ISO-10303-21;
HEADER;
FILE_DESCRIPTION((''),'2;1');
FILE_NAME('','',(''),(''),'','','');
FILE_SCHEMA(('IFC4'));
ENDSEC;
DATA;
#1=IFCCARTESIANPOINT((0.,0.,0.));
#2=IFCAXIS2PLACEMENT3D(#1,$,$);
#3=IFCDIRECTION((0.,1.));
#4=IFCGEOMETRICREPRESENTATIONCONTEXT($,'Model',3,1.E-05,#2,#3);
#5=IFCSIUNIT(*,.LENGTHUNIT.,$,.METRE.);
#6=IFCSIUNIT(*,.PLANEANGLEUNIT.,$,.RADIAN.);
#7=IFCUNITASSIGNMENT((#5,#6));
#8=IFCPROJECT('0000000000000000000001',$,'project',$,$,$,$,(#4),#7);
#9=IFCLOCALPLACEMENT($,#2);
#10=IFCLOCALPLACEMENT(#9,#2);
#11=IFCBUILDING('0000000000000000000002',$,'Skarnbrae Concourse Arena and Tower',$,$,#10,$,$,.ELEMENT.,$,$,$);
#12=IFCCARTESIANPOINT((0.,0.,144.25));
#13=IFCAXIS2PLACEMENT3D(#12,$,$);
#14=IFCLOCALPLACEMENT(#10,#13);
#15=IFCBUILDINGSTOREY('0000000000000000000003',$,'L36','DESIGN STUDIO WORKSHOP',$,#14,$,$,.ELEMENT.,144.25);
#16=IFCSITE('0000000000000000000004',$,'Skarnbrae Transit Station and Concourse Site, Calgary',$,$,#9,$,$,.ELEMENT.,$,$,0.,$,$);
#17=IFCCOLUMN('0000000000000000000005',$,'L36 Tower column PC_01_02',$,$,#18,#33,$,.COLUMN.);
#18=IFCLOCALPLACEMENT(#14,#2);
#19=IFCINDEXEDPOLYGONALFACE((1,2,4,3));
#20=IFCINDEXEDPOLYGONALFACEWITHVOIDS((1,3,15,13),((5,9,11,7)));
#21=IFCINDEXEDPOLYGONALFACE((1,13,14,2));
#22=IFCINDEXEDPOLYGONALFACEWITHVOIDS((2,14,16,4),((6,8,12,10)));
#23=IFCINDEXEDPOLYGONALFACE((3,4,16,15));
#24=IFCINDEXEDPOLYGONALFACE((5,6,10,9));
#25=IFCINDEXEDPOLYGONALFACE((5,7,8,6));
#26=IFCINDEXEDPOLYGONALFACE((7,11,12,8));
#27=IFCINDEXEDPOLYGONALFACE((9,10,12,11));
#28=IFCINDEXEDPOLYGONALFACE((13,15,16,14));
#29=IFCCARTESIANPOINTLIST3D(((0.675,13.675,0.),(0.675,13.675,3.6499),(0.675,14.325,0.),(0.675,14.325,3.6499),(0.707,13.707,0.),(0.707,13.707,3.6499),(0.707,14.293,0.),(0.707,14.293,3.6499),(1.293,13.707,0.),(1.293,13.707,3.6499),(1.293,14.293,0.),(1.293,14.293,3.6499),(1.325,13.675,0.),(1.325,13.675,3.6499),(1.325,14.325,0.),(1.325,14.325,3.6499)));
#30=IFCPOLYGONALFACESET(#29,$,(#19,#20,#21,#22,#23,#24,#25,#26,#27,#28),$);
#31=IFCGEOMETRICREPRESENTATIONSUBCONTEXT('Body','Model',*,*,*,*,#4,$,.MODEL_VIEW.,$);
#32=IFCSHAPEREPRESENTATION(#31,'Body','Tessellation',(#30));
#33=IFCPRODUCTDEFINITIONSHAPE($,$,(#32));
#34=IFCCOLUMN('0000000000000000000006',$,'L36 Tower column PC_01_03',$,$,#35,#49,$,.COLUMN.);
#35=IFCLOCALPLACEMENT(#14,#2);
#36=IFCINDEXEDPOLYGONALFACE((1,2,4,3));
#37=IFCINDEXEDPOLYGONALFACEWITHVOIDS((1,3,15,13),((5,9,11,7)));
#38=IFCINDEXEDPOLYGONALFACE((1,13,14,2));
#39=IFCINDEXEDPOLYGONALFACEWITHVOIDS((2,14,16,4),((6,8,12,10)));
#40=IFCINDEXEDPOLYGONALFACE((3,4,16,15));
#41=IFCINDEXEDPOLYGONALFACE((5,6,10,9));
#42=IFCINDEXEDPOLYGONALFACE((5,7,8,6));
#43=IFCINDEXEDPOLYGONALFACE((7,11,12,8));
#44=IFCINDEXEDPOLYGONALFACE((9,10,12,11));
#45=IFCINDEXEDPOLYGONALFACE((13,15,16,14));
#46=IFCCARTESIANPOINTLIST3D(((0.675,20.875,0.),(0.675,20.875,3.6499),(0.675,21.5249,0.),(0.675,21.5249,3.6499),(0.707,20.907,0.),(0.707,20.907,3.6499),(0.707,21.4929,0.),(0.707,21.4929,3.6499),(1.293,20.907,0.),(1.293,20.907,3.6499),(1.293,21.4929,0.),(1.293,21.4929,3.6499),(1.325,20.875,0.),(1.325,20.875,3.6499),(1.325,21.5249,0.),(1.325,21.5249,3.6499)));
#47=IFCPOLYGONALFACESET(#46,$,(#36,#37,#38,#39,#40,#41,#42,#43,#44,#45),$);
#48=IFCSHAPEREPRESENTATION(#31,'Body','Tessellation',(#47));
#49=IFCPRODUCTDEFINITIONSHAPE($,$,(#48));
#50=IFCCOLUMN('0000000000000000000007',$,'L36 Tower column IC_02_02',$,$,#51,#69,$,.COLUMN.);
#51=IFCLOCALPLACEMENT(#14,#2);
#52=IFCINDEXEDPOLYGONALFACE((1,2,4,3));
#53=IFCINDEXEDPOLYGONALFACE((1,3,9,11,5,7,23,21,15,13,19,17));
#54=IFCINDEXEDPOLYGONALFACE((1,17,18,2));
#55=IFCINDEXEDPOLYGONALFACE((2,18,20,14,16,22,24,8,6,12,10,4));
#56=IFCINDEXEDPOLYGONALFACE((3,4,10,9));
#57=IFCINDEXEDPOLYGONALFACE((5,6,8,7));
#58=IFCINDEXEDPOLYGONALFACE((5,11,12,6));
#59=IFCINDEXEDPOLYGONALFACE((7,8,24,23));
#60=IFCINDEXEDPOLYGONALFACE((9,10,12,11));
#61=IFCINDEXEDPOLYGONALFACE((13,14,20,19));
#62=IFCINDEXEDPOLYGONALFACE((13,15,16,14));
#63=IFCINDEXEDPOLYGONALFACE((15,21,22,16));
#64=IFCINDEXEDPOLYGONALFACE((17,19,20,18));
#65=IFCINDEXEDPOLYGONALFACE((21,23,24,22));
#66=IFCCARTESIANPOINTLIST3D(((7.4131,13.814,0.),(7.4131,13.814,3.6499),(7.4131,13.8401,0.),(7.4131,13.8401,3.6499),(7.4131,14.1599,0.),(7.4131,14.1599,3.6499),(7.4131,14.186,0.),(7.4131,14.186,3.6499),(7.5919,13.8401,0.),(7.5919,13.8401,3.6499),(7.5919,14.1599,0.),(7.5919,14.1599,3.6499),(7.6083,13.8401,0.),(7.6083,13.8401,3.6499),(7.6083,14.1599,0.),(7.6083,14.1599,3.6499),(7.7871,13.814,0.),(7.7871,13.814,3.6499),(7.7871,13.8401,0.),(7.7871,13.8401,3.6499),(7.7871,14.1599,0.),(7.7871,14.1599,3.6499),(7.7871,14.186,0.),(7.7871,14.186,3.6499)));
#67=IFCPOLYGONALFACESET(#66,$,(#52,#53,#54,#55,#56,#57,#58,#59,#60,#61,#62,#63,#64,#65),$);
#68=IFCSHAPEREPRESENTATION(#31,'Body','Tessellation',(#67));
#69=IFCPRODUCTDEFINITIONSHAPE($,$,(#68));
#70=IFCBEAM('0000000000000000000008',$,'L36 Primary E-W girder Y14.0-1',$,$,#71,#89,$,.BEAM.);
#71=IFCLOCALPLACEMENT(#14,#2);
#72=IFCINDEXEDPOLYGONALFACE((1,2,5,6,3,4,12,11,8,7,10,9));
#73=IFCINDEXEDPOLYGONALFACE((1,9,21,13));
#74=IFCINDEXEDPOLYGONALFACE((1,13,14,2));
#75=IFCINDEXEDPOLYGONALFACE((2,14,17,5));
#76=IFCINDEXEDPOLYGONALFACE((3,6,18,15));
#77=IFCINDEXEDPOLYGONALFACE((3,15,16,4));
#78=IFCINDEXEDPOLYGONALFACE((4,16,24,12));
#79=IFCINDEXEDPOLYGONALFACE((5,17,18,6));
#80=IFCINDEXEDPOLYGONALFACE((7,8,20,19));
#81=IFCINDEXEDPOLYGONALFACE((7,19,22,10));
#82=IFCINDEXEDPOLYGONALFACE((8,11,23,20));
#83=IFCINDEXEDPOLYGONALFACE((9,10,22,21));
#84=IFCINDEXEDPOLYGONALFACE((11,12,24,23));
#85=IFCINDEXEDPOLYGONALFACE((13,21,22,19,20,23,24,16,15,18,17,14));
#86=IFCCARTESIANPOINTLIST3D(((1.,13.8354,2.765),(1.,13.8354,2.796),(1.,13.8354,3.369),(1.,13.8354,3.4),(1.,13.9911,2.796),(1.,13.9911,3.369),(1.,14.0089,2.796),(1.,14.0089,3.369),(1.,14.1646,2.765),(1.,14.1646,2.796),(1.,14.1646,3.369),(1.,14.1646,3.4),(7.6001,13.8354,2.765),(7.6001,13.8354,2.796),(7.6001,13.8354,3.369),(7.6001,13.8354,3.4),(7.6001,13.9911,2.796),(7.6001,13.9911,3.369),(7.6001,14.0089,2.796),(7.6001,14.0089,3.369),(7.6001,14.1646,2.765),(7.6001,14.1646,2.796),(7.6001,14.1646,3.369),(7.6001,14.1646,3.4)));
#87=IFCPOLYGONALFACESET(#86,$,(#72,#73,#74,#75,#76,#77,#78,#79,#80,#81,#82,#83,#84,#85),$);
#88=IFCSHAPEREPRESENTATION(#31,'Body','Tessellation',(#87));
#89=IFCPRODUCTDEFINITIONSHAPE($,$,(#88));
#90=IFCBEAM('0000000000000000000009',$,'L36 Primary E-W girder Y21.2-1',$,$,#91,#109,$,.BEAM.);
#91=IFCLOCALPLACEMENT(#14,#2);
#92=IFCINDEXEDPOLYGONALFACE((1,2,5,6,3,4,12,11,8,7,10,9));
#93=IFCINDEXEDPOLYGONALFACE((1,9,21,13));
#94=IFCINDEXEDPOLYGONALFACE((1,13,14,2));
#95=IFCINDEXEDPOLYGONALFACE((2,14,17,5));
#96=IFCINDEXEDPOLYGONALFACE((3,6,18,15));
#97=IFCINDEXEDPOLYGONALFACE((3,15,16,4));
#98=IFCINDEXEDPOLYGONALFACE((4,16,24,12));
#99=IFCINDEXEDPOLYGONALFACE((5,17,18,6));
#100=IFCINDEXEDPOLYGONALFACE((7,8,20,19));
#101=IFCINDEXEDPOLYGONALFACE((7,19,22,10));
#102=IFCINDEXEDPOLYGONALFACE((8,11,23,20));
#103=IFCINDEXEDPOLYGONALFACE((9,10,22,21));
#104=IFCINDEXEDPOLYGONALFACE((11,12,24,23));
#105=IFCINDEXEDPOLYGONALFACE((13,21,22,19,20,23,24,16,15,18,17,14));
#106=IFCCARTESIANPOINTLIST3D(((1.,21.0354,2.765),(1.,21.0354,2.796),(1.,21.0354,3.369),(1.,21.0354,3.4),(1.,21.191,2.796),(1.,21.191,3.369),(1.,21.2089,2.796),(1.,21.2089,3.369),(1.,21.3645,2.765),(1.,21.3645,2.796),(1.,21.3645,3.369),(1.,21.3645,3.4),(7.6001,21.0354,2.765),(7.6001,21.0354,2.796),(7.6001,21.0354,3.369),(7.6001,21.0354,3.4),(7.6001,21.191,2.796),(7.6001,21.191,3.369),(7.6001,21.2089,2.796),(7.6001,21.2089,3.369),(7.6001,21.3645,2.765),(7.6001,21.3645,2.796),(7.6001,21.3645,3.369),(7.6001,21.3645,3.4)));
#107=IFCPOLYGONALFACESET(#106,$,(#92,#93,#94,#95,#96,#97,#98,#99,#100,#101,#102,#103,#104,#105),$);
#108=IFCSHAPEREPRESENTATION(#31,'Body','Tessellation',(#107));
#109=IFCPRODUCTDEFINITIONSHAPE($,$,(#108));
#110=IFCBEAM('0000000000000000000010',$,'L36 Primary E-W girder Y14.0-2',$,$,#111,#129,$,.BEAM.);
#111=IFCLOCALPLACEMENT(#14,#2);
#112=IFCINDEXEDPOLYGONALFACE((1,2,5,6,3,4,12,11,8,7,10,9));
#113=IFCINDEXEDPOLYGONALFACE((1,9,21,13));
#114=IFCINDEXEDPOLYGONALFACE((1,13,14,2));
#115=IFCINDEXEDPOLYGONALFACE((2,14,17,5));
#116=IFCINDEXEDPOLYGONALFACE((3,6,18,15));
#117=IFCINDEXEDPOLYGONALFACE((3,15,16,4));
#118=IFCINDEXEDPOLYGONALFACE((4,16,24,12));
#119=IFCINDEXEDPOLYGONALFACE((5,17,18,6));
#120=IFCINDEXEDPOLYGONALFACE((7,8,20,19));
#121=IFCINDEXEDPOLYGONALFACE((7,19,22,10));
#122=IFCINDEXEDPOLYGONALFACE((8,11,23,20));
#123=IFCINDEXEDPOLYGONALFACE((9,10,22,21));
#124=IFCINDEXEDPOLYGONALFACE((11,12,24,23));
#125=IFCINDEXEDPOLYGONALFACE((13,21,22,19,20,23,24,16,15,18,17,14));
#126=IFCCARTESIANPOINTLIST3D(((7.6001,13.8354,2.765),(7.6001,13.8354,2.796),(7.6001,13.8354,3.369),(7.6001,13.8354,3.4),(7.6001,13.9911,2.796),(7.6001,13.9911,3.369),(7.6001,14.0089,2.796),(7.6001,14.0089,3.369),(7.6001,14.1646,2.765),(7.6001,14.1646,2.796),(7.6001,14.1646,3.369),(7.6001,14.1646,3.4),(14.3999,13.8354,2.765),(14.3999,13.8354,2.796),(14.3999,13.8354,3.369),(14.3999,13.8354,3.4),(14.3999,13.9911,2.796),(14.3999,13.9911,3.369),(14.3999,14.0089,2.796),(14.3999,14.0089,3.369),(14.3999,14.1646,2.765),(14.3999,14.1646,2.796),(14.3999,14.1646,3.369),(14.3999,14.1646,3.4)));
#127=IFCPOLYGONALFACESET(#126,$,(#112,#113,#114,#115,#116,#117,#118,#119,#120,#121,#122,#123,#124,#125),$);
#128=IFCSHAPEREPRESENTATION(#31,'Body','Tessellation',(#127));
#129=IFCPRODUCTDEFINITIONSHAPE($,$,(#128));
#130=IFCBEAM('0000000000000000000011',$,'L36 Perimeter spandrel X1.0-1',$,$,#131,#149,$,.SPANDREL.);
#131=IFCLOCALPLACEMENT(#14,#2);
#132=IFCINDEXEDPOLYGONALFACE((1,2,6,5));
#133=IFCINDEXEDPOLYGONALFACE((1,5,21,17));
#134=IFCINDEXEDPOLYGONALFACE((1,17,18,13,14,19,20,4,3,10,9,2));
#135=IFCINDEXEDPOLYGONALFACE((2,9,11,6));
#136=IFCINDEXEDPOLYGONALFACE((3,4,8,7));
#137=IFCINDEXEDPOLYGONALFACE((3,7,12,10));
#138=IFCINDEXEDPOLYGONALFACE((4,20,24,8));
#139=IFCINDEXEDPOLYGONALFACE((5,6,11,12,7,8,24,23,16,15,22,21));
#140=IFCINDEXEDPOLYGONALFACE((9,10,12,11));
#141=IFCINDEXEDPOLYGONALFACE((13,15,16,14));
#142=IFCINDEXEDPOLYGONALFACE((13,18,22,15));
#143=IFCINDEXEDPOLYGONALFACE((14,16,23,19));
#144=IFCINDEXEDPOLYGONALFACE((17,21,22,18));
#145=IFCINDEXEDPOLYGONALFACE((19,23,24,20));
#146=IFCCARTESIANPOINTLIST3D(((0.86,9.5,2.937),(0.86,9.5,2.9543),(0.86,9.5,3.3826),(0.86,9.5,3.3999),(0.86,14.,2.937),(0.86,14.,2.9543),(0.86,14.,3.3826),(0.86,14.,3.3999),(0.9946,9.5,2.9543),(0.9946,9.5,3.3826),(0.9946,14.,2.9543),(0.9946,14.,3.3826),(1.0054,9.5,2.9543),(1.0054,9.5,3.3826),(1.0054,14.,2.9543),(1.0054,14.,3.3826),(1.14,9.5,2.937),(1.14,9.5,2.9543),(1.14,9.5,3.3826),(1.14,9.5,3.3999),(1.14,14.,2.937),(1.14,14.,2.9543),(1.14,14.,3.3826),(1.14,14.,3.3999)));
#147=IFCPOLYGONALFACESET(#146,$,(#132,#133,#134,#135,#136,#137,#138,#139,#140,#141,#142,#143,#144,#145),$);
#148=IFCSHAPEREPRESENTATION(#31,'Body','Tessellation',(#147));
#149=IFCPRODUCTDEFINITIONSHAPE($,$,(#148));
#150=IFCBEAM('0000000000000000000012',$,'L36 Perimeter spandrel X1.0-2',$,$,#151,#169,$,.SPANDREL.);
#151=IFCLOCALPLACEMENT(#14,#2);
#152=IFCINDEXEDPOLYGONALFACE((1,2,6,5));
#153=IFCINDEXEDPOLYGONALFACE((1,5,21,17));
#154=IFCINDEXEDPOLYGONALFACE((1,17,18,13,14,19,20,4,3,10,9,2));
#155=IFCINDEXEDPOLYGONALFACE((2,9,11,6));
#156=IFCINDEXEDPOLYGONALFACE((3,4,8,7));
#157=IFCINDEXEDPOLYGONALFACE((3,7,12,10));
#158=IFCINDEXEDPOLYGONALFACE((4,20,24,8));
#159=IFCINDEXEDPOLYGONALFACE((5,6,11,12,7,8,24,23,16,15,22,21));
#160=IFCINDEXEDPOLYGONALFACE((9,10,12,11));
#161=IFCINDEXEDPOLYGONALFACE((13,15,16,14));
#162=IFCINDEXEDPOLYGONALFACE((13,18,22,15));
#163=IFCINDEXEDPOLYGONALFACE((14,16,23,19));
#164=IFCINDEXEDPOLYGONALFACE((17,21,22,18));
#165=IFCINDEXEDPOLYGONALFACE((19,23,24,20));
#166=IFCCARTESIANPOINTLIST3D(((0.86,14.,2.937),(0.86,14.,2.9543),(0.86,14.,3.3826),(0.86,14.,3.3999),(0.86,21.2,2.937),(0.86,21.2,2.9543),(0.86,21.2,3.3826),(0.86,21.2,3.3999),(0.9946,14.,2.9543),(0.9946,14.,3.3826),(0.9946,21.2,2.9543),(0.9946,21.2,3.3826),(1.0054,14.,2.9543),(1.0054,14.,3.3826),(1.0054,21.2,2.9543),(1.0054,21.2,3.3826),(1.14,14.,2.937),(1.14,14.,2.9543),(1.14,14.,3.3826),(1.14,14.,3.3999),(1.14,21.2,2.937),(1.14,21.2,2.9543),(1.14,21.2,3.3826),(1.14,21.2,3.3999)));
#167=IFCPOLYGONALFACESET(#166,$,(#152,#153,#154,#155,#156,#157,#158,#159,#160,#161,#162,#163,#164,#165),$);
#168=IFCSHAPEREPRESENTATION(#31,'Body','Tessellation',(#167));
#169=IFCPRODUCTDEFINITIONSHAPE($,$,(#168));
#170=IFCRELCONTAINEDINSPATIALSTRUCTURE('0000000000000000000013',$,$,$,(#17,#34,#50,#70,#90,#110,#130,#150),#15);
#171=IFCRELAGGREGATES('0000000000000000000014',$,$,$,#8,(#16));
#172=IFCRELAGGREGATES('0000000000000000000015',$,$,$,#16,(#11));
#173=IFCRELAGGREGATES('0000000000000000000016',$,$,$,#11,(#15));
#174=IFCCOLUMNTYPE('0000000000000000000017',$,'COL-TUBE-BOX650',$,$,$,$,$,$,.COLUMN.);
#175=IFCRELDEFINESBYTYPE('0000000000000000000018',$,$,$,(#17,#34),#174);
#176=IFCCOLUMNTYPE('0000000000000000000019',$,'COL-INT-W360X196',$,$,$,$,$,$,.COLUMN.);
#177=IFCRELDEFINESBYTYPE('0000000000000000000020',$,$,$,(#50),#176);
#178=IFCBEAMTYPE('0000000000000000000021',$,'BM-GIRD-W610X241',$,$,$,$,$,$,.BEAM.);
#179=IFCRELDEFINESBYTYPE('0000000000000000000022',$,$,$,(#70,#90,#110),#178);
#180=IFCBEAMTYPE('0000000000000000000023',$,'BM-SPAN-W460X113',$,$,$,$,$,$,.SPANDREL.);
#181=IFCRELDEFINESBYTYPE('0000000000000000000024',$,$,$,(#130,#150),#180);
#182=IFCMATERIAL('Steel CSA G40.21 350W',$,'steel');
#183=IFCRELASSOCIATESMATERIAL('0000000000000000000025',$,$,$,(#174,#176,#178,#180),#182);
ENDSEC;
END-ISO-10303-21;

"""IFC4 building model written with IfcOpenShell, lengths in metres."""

from ifc_helpers import new_model, si_unit, direction, frame, origin, origin_2d, place, context, subcontext, project, spatial, hollow_rectangle, i_section, extrude, source, transform, mapped, material, material_profile, profile_set, type_object, element, save


model = new_model("IFC4")

# Units and contexts
model_context = context("Model", 3, precision=1e-05, world=origin(), true_north=direction((0.0, 1.0)))
body_context = subcontext(model_context, "Body", "Model", "MODEL_VIEW")
ifc_project = project(units=[si_unit("LENGTHUNIT", "METRE"), si_unit("PLANEANGLEUNIT", "RADIAN")], contexts=[model_context])

# Site, building, storey
site_placement = place(None, origin())
site = spatial("IfcSite", under=ifc_project, at=site_placement, Name="Skarnbrae Transit Station and Concourse Site, Calgary", CompositionType="ELEMENT", RefElevation=0.0)
building_placement = place(site_placement, origin())
building = spatial("IfcBuilding", under=site, at=building_placement, Name="Skarnbrae Concourse Arena and Tower", CompositionType="ELEMENT")
storey_placement = place(building_placement, frame((0.0, 0.0, 144.25)))
storey = spatial("IfcBuildingStorey", under=building, at=storey_placement, Name="L36", Description="DESIGN STUDIO WORKSHOP", CompositionType="ELEMENT", Elevation=144.25)

# Columns
ifc_material_1 = material(Name="Steel CSA G40.21 350W", Category="steel")
ifc_material_profile_1 = material_profile(ifc_material_1, hollow_rectangle(XDim=0.6499, YDim=0.6499, WallThickness=0.032, at=origin_2d()), Name="BOX650X650X32")
ifc_profile_set_1 = profile_set([ifc_material_profile_1], Name="Steel CSA G40.21 350W")
column_type_1 = type_object("IfcColumnType", Name="COL-TUBE-BOX650", PredefinedType="COLUMN", material=ifc_profile_set_1)
shared_shape_1 = source(origin(), body_context, "Body", "SweptSolid", [
    extrude(hollow_rectangle(XDim=0.6499, YDim=0.6499, WallThickness=0.032, at=origin_2d()), origin(), (0.0, 0.0, 1.0), 3.6499),
])
for number, where, z_axis, x_axis, name in (
    (1, (1.0, 14.0, 0.0), (0.0, 0.0, 1.0), (1.0, 0.0, 0.0), "L36 Tower column PC_01_02"),
    (2, (1.0, 21.2, 0.0), (0.0, 0.0, 1.0), (1.0, 0.0, 0.0), "L36 Tower column PC_01_03"),
):
    element("IfcColumn", number, at=place(storey_placement, frame(where, z_axis=z_axis, x_axis=x_axis)), inside=storey, type_object=column_type_1, Name=name, PredefinedType="COLUMN", context=body_context, shape_type="MappedRepresentation", body=[
        mapped(shared_shape_1, transform((0.0, 0.0, 0.0))),
    ])
ifc_material_profile_2 = material_profile(ifc_material_1, i_section(OverallWidth=0.374, OverallDepth=0.3721, WebThickness=0.0164, FlangeThickness=0.0261, at=origin_2d()), Name="W360X196")
ifc_profile_set_2 = profile_set([ifc_material_profile_2], Name="Steel CSA G40.21 350W")
column_type_2 = type_object("IfcColumnType", Name="COL-INT-W360X196", PredefinedType="COLUMN", material=ifc_profile_set_2)
shared_shape_2 = source(origin(), body_context, "Body", "SweptSolid", [
    extrude(i_section(OverallWidth=0.374, OverallDepth=0.3721, WebThickness=0.0164, FlangeThickness=0.0261, at=origin_2d()), origin(), (0.0, 0.0, 1.0), 3.6499),
])
column_placement = place(storey_placement, frame((7.6001, 14.0, 0.0), z_axis=(0.0, 0.0, 1.0), x_axis=(1.0, 0.0, 0.0)))
element("IfcColumn", 3, at=column_placement, inside=storey, type_object=column_type_2, Name="L36 Tower column IC_02_02", PredefinedType="COLUMN", context=body_context, shape_type="MappedRepresentation", body=[
    mapped(shared_shape_2, transform((0.0, 0.0, 0.0))),
])

# Beams
ifc_material_profile_3 = material_profile(ifc_material_1, i_section(OverallWidth=0.3291, OverallDepth=0.635, WebThickness=0.0178, FlangeThickness=0.031, at=origin_2d()), Name="W610X241")
ifc_profile_set_3 = profile_set([ifc_material_profile_3], Name="Steel CSA G40.21 350W")
beam_type_1 = type_object("IfcBeamType", Name="BM-GIRD-W610X241", PredefinedType="BEAM", material=ifc_profile_set_3)
shared_shape_3 = source(origin(), body_context, "Body", "SweptSolid", [
    extrude(i_section(OverallWidth=0.3291, OverallDepth=0.635, WebThickness=0.0178, FlangeThickness=0.031, at=origin_2d()), origin(), (0.0, 0.0, 1.0), 6.6001),
])
for number, where, z_axis, x_axis, name in (
    (4, (1.0, 14.0, 3.0825), (1.0, 0.0, 0.0), (0.0, 1.0, 0.0), "L36 Primary E-W girder Y14.0-1"),
    (5, (1.0, 21.2, 3.0825), (1.0, 0.0, 0.0), (0.0, 1.0, 0.0), "L36 Primary E-W girder Y21.2-1"),
):
    element("IfcBeam", number, at=place(storey_placement, frame(where, z_axis=z_axis, x_axis=x_axis)), inside=storey, type_object=beam_type_1, Name=name, PredefinedType="BEAM", context=body_context, shape_type="MappedRepresentation", body=[
        mapped(shared_shape_3, transform((0.0, 0.0, 0.0))),
    ])
shared_shape_4 = source(origin(), body_context, "Body", "SweptSolid", [
    extrude(i_section(OverallWidth=0.3291, OverallDepth=0.635, WebThickness=0.0178, FlangeThickness=0.031, at=origin_2d()), origin(), (0.0, 0.0, 1.0), 6.7998),
])
beam_1_placement = place(storey_placement, frame((7.6001, 14.0, 3.0825), z_axis=(1.0, 0.0, 0.0), x_axis=(0.0, 1.0, 0.0)))
element("IfcBeam", 6, at=beam_1_placement, inside=storey, type_object=beam_type_1, Name="L36 Primary E-W girder Y14.0-2", PredefinedType="BEAM", context=body_context, shape_type="MappedRepresentation", body=[
    mapped(shared_shape_4, transform((0.0, 0.0, 0.0))),
])
ifc_material_profile_4 = material_profile(ifc_material_1, i_section(OverallWidth=0.28, OverallDepth=0.4629, WebThickness=0.0107, FlangeThickness=0.0173, at=origin_2d()), Name="W460X113")
ifc_profile_set_4 = profile_set([ifc_material_profile_4], Name="Steel CSA G40.21 350W")
beam_type_2 = type_object("IfcBeamType", Name="BM-SPAN-W460X113", PredefinedType="SPANDREL", material=ifc_profile_set_4)
shared_shape_5 = source(origin(), body_context, "Body", "SweptSolid", [
    extrude(i_section(OverallWidth=0.28, OverallDepth=0.4629, WebThickness=0.0107, FlangeThickness=0.0173, at=origin_2d()), origin(), (0.0, 0.0, 1.0), 4.5),
])
beam_2_placement = place(storey_placement, frame((1.0, 9.5, 3.1685), z_axis=(0.0, 1.0, 0.0), x_axis=(-1.0, 0.0, 0.0)))
element("IfcBeam", 7, at=beam_2_placement, inside=storey, type_object=beam_type_2, Name="L36 Perimeter spandrel X1.0-1", PredefinedType="SPANDREL", context=body_context, shape_type="MappedRepresentation", body=[
    mapped(shared_shape_5, transform((0.0, 0.0, 0.0))),
])
shared_shape_6 = source(origin(), body_context, "Body", "SweptSolid", [
    extrude(i_section(OverallWidth=0.28, OverallDepth=0.4629, WebThickness=0.0107, FlangeThickness=0.0173, at=origin_2d()), origin(), (0.0, 0.0, 1.0), 7.2),
])
beam_3_placement = place(storey_placement, frame((1.0, 14.0, 3.1685), z_axis=(0.0, 1.0, 0.0), x_axis=(-1.0, 0.0, 0.0)))
element("IfcBeam", 8, at=beam_3_placement, inside=storey, type_object=beam_type_2, Name="L36 Perimeter spandrel X1.0-2", PredefinedType="SPANDREL", context=body_context, shape_type="MappedRepresentation", body=[
    mapped(shared_shape_6, transform((0.0, 0.0, 0.0))),
])

save(model, "model.ifc")
